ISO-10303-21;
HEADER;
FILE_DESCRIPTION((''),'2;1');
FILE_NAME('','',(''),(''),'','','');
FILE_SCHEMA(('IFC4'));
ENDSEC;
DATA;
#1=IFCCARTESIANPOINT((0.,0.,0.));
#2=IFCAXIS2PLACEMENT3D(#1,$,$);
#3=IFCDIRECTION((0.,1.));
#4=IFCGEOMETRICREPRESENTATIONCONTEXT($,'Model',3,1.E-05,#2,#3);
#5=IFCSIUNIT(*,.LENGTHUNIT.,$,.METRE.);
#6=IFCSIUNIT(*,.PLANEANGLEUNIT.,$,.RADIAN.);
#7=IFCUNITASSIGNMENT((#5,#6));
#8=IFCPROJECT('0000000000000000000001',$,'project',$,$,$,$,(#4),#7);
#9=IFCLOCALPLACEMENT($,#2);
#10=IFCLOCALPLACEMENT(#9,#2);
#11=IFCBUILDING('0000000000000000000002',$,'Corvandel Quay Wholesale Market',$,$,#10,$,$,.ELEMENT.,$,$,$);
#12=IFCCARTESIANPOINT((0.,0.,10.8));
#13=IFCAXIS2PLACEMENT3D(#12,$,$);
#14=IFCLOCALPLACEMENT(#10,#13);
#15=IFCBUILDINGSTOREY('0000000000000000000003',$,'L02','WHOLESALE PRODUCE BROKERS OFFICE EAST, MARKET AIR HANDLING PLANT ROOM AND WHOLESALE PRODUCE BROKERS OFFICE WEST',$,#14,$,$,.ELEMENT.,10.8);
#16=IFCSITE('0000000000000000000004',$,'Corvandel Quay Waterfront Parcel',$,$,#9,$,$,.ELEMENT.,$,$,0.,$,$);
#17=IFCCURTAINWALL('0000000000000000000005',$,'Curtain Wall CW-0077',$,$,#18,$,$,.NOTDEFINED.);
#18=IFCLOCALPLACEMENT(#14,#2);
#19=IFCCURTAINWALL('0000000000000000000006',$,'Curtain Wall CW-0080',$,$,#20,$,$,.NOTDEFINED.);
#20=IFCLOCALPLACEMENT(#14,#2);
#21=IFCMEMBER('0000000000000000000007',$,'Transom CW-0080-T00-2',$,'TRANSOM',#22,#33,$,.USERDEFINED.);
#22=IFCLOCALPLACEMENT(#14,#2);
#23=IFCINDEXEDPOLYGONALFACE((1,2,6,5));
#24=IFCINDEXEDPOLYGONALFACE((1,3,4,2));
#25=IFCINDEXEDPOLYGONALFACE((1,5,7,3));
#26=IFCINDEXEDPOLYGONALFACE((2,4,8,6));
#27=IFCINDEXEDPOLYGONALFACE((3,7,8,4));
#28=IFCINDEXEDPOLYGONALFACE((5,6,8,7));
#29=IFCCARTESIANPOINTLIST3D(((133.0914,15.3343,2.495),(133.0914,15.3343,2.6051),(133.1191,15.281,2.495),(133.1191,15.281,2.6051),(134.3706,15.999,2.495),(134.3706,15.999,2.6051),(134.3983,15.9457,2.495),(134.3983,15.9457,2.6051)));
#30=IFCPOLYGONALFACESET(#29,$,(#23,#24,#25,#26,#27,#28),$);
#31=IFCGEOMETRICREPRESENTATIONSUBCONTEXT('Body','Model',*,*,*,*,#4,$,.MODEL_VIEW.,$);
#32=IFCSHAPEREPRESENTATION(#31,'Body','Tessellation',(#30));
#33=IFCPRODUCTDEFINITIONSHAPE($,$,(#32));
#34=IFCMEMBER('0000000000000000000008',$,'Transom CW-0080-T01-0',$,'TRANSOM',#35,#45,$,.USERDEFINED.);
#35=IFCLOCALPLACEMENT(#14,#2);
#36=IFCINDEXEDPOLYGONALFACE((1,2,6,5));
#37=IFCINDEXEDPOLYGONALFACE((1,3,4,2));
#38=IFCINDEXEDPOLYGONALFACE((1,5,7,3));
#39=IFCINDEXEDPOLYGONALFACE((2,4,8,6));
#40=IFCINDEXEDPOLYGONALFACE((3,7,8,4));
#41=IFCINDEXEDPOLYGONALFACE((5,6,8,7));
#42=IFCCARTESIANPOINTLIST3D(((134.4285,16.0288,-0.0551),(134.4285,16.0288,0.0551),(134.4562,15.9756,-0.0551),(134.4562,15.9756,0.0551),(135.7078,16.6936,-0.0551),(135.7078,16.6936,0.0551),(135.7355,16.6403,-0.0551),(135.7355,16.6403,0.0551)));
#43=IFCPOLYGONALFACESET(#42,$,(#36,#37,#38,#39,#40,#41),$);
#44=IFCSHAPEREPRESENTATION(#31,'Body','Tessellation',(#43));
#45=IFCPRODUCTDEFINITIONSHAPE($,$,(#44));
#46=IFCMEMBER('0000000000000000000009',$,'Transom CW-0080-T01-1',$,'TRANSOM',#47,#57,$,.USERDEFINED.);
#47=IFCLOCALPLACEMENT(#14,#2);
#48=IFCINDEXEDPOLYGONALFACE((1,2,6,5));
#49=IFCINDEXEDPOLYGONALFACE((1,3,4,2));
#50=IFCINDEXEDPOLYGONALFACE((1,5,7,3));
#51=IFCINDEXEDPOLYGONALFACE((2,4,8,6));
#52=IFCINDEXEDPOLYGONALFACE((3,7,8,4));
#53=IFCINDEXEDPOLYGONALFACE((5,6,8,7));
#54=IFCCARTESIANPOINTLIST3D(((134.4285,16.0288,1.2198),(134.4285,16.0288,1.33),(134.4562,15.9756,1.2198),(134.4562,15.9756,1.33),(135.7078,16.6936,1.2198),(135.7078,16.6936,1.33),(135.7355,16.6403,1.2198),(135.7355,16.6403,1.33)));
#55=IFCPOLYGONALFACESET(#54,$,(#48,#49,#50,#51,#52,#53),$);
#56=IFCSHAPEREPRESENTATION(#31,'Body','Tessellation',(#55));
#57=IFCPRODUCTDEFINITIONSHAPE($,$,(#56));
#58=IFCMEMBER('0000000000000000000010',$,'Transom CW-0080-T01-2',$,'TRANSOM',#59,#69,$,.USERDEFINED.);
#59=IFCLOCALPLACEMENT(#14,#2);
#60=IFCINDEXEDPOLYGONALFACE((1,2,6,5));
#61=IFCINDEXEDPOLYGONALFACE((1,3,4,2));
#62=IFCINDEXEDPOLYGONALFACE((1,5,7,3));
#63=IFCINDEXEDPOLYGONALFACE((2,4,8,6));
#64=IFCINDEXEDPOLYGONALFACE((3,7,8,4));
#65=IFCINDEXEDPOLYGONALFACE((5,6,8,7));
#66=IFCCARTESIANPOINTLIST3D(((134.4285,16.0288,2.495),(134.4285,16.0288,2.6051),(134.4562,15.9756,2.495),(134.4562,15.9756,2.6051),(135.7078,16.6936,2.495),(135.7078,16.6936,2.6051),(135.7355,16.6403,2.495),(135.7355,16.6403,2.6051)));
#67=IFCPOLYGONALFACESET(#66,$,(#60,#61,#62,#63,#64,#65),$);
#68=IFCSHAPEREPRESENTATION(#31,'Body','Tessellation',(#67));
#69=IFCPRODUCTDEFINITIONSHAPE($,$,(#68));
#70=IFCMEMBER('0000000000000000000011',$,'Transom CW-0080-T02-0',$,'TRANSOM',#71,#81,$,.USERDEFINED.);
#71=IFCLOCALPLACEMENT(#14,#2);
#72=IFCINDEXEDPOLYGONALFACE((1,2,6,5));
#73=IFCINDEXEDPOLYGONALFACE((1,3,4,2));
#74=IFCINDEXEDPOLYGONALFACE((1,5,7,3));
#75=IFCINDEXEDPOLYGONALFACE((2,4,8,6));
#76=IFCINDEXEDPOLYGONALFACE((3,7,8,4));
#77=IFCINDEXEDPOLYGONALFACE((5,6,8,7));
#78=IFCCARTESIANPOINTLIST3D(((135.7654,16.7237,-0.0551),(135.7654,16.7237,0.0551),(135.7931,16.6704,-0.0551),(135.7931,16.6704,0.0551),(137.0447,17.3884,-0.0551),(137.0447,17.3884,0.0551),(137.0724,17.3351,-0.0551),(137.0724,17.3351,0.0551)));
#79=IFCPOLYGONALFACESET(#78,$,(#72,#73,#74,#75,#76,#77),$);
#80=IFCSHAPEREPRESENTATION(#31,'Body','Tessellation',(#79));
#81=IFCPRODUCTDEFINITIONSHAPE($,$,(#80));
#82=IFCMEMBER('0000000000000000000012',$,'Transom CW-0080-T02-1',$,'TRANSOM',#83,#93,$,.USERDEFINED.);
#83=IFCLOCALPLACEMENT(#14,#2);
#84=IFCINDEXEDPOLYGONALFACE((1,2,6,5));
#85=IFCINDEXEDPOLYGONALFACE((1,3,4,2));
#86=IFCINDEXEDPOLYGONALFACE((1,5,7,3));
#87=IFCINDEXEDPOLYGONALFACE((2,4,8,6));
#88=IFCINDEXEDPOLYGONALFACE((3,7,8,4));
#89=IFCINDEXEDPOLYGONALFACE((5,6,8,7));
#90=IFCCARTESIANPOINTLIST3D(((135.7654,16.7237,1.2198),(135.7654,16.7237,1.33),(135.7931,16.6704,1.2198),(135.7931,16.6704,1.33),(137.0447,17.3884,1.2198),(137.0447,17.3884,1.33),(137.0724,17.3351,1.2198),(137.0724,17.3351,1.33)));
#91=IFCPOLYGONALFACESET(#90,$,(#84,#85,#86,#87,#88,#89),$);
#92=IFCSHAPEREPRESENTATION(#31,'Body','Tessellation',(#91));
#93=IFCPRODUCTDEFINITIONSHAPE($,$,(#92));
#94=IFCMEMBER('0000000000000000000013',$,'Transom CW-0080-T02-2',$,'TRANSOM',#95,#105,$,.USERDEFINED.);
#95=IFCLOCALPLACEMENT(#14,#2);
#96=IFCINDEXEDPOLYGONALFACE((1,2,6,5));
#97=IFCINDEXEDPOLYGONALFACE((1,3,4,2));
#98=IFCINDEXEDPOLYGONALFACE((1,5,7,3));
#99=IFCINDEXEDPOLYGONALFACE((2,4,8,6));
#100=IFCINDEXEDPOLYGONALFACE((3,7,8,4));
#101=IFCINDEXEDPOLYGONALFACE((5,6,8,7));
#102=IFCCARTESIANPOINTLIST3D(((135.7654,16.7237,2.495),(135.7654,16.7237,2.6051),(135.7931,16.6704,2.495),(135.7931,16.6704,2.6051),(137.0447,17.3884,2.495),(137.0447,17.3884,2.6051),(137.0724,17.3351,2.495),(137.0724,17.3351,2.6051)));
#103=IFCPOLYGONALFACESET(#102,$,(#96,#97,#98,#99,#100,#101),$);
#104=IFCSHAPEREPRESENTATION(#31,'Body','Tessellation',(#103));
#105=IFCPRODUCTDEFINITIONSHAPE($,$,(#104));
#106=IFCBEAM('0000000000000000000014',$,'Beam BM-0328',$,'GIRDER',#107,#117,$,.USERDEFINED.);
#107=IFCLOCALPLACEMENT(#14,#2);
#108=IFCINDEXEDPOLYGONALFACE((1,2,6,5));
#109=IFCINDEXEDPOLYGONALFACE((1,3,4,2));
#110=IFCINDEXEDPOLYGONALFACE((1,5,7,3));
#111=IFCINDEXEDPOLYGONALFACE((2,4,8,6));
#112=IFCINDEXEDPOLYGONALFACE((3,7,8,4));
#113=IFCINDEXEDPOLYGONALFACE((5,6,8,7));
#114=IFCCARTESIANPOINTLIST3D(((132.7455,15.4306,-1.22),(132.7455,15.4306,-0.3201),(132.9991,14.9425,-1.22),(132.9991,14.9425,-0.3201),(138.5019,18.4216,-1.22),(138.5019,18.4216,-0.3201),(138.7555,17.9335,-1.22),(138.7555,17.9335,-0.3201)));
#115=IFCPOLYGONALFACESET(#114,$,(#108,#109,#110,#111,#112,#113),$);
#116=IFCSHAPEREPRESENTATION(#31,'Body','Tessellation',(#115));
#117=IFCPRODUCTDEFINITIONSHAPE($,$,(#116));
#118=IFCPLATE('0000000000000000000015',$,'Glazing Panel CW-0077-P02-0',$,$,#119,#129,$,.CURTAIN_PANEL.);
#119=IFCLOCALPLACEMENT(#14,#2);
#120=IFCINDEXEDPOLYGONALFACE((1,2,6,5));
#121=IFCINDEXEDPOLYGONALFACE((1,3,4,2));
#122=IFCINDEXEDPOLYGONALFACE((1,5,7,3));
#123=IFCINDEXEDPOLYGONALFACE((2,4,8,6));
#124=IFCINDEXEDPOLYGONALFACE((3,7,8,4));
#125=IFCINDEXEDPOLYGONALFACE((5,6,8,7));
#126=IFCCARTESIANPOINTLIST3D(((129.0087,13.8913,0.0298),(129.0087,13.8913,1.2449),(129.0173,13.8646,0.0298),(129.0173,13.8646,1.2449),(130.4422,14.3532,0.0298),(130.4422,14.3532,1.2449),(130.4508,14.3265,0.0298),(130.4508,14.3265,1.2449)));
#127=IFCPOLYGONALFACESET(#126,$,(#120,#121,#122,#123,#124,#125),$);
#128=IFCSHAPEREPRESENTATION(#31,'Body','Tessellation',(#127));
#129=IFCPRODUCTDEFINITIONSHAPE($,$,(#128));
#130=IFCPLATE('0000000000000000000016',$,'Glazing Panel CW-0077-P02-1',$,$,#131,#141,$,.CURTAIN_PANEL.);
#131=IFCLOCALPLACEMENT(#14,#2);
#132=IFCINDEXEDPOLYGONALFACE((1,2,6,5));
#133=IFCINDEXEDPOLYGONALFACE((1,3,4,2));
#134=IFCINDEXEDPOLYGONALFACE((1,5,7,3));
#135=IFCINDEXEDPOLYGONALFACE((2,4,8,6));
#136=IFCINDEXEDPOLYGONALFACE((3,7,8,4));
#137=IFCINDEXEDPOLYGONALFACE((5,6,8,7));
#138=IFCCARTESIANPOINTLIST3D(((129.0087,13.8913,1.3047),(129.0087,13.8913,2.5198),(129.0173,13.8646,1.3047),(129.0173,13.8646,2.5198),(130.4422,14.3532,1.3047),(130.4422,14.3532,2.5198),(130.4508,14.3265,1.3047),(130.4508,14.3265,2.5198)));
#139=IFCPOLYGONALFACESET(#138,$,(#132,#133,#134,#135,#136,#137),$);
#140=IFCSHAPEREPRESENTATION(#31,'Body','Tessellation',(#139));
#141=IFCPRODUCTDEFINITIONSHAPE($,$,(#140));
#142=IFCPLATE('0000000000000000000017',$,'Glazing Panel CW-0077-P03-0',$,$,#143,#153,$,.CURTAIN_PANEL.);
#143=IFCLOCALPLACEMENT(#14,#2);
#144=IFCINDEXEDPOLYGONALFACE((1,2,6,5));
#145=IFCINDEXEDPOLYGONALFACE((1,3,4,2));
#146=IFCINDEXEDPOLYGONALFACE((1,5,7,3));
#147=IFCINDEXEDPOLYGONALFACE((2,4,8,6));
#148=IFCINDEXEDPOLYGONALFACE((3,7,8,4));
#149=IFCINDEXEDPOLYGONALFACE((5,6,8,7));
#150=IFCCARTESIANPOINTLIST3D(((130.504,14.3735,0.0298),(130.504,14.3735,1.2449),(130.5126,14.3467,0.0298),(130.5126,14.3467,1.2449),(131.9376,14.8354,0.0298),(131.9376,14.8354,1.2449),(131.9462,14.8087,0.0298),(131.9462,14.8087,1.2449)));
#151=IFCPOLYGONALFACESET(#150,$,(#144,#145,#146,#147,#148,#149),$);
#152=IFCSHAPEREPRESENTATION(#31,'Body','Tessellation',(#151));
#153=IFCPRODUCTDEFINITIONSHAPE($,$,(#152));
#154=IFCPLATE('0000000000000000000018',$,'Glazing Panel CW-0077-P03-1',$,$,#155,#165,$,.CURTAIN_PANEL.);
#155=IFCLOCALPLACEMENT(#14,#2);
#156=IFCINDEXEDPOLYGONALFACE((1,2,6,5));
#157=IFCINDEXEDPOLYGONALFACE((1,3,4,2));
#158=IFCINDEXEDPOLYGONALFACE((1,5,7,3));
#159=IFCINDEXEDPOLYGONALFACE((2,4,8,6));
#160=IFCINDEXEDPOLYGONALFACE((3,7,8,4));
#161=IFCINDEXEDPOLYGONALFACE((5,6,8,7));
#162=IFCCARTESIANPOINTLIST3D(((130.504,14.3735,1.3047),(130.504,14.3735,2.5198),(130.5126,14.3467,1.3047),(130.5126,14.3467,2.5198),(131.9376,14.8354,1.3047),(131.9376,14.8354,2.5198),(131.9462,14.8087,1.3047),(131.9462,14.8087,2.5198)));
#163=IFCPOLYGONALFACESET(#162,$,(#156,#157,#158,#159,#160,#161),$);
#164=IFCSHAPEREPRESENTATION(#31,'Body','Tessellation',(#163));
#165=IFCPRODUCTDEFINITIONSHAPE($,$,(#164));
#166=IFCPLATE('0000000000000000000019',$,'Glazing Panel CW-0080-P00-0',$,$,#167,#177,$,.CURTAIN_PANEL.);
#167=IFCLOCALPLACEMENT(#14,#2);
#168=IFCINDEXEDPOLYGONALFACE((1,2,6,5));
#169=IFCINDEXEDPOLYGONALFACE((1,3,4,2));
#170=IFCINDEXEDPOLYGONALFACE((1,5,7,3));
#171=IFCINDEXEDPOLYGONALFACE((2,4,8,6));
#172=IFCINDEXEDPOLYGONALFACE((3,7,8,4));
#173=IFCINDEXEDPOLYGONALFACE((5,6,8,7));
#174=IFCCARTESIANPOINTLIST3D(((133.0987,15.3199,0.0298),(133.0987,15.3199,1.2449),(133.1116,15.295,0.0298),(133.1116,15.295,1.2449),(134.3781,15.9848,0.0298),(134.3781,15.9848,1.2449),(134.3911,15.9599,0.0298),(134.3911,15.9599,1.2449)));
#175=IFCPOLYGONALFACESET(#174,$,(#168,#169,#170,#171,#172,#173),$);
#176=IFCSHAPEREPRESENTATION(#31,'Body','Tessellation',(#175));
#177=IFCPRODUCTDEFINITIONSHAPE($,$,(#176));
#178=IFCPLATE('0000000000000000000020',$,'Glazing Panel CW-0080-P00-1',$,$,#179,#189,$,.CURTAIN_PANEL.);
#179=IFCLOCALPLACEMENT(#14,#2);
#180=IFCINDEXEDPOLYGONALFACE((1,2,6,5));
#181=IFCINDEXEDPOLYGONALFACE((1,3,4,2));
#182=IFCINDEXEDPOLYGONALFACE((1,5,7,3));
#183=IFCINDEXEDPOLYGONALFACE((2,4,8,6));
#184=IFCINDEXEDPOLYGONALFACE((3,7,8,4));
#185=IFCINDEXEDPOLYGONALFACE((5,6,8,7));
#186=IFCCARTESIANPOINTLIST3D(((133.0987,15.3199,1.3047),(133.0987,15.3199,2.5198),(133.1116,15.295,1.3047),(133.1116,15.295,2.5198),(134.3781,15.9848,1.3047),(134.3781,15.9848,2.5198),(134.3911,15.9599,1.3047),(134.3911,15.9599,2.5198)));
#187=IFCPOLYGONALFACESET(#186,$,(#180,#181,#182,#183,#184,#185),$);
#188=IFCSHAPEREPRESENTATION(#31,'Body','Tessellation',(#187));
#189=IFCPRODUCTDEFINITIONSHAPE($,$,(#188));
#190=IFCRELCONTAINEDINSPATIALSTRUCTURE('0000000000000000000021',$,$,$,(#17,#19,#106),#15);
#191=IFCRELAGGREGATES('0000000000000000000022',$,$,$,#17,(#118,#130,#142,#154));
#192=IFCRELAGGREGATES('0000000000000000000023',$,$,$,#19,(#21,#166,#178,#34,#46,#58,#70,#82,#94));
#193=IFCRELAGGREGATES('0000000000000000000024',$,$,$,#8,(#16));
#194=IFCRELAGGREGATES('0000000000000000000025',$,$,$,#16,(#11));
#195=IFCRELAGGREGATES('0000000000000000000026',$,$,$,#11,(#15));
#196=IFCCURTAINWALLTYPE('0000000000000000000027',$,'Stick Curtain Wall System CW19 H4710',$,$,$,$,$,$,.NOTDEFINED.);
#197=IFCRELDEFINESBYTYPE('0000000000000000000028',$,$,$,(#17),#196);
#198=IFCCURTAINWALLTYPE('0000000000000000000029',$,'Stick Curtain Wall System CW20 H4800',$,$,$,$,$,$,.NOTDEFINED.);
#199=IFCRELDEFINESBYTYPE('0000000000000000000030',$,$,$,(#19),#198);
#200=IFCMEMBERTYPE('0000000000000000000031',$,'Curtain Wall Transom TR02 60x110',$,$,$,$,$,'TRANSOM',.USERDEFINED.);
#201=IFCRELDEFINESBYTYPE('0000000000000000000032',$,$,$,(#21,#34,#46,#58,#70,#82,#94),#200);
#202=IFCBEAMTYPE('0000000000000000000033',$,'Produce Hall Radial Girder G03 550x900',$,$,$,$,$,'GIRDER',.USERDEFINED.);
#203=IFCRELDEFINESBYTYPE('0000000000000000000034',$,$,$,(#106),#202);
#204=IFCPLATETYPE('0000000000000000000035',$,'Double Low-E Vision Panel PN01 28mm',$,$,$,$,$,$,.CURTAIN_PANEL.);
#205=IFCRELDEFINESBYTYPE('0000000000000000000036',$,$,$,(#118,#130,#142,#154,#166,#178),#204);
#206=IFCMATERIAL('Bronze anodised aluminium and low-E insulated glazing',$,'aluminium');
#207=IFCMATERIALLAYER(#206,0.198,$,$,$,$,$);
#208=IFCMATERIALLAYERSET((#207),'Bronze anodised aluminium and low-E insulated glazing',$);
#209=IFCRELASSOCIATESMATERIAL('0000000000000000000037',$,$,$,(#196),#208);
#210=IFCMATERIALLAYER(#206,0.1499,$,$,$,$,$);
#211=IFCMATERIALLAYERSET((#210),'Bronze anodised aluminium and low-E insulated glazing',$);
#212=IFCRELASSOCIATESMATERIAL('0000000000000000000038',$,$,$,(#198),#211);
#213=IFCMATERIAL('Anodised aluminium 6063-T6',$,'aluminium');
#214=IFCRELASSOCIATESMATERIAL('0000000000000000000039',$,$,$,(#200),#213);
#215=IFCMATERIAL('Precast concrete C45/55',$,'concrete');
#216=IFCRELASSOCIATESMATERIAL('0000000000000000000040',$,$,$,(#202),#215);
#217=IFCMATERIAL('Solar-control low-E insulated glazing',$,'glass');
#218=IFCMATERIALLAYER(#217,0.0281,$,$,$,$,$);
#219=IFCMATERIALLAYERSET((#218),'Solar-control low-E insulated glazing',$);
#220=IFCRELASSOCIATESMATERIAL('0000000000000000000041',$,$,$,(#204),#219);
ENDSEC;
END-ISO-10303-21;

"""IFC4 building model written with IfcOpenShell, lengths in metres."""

from ifc_helpers import new_model, si_unit, direction, frame, origin, origin_2d, place, context, subcontext, project, spatial, rectangle, extrude, material, layer, layer_set, material_profile, profile_set, type_object, element, aggregate, save


model = new_model("IFC4")

# Units and contexts
model_context = context("Model", 3, precision=1e-05, world=origin(), true_north=direction((0.0, 1.0)))
body_context = subcontext(model_context, "Body", "Model", "MODEL_VIEW")
ifc_project = project(units=[si_unit("LENGTHUNIT", "METRE"), si_unit("PLANEANGLEUNIT", "RADIAN")], contexts=[model_context])

# Site, building, storey
site_placement = place(None, origin())
site = spatial("IfcSite", under=ifc_project, at=site_placement, Name="Corvandel Quay Waterfront Parcel", CompositionType="ELEMENT", RefElevation=0.0)
building_placement = place(site_placement, origin())
building = spatial("IfcBuilding", under=site, at=building_placement, Name="Corvandel Quay Wholesale Market", CompositionType="ELEMENT")
storey_placement = place(building_placement, frame((0.0, 0.0, 10.8)))
storey = spatial("IfcBuildingStorey", under=building, at=storey_placement, Name="L02", Description="WHOLESALE PRODUCE BROKERS OFFICE EAST, MARKET AIR HANDLING PLANT ROOM AND WHOLESALE PRODUCE BROKERS OFFICE WEST", CompositionType="ELEMENT", Elevation=10.8)

# Shared definitions
ifc_material_1 = material(Name="Precast concrete C45/55", Category="concrete")

# Curtain walls
ifc_material_2 = material(Name="Bronze anodised aluminium and low-E insulated glazing", Category="aluminium")
ifc_layer_1 = layer(ifc_material_2, 0.198)
ifc_layer_set_1 = layer_set([ifc_layer_1], Name="Bronze anodised aluminium and low-E insulated glazing")
curtain_wall_type_1 = type_object("IfcCurtainWallType", Name="Stick Curtain Wall System CW19 H4710", PredefinedType="NOTDEFINED", material=ifc_layer_set_1)
curtain_wall_1_placement = place(storey_placement, origin())
curtain_wall_1 = element("IfcCurtainWall", 1, at=curtain_wall_1_placement, inside=storey, type_object=curtain_wall_type_1, Name="Curtain Wall CW-0077", PredefinedType="NOTDEFINED")
ifc_material_3 = material(Name="Anodised aluminium 6063-T6", Category="aluminium")
ifc_layer_2 = layer(ifc_material_2, 0.1499)
ifc_layer_set_2 = layer_set([ifc_layer_2], Name="Bronze anodised aluminium and low-E insulated glazing")
curtain_wall_type_2 = type_object("IfcCurtainWallType", Name="Stick Curtain Wall System CW20 H4800", PredefinedType="NOTDEFINED", material=ifc_layer_set_2)
curtain_wall_2_placement = place(storey_placement, origin())
curtain_wall_2 = element("IfcCurtainWall", 2, at=curtain_wall_2_placement, inside=storey, type_object=curtain_wall_type_2, Name="Curtain Wall CW-0080", PredefinedType="NOTDEFINED")

# Members
ifc_material_profile_1 = material_profile(ifc_material_3, rectangle(XDim=0.0601, YDim=0.1101, at=origin_2d()), Name="ALU-TRN-60x110")
ifc_profile_set_1 = profile_set([ifc_material_profile_1], Name="Anodised aluminium 6063-T6")
member_type_1 = type_object("IfcMemberType", Name="Curtain Wall Transom TR02 60x110", ElementType="TRANSOM", PredefinedType="USERDEFINED", material=ifc_profile_set_1)
member_1_placement = place(storey_placement, frame((133.1052, 15.3076, 2.55), z_axis=(0.887342, 0.461113, 0.0), x_axis=(-0.461113, 0.887342, 0.0)))
member_1 = element("IfcMember", 3, at=member_1_placement, type_object=member_type_1, Name="Transom CW-0080-T00-2", ObjectType="TRANSOM", PredefinedType="USERDEFINED", context=body_context, shape_type="SweptSolid", body=[
    extrude(rectangle(XDim=0.0601, YDim=0.1101, at=origin_2d()), origin(), (0.0, 0.0, 1.0), 1.4417),
])
member_2_placement = place(storey_placement, frame((134.4424, 16.0022, 0.0), z_axis=(0.887342, 0.461113, 0.0), x_axis=(-0.461113, 0.887342, 0.0)))
member_2 = element("IfcMember", 4, at=member_2_placement, type_object=member_type_1, Name="Transom CW-0080-T01-0", ObjectType="TRANSOM", PredefinedType="USERDEFINED", context=body_context, shape_type="SweptSolid", body=[
    extrude(rectangle(XDim=0.0601, YDim=0.1101, at=origin_2d()), origin(), (0.0, 0.0, 1.0), 1.4417),
])
member_3_placement = place(storey_placement, frame((134.4424, 16.0022, 1.2749), z_axis=(0.887342, 0.461113, 0.0), x_axis=(-0.461113, 0.887342, 0.0)))
member_3 = element("IfcMember", 5, at=member_3_placement, type_object=member_type_1, Name="Transom CW-0080-T01-1", ObjectType="TRANSOM", PredefinedType="USERDEFINED", context=body_context, shape_type="SweptSolid", body=[
    extrude(rectangle(XDim=0.0601, YDim=0.1101, at=origin_2d()), origin(), (0.0, 0.0, 1.0), 1.4417),
])
member_4_placement = place(storey_placement, frame((134.4424, 16.0022, 2.55), z_axis=(0.887342, 0.461113, 0.0), x_axis=(-0.461113, 0.887342, 0.0)))
member_4 = element("IfcMember", 6, at=member_4_placement, type_object=member_type_1, Name="Transom CW-0080-T01-2", ObjectType="TRANSOM", PredefinedType="USERDEFINED", context=body_context, shape_type="SweptSolid", body=[
    extrude(rectangle(XDim=0.0601, YDim=0.1101, at=origin_2d()), origin(), (0.0, 0.0, 1.0), 1.4417),
])
member_5_placement = place(storey_placement, frame((135.7793, 16.697, 0.0), z_axis=(0.887342, 0.461113, 0.0), x_axis=(-0.461113, 0.887342, 0.0)))
member_5 = element("IfcMember", 7, at=member_5_placement, type_object=member_type_1, Name="Transom CW-0080-T02-0", ObjectType="TRANSOM", PredefinedType="USERDEFINED", context=body_context, shape_type="SweptSolid", body=[
    extrude(rectangle(XDim=0.0601, YDim=0.1101, at=origin_2d()), origin(), (0.0, 0.0, 1.0), 1.4417),
])
member_6_placement = place(storey_placement, frame((135.7793, 16.697, 1.2749), z_axis=(0.887342, 0.461113, 0.0), x_axis=(-0.461113, 0.887342, 0.0)))
member_6 = element("IfcMember", 8, at=member_6_placement, type_object=member_type_1, Name="Transom CW-0080-T02-1", ObjectType="TRANSOM", PredefinedType="USERDEFINED", context=body_context, shape_type="SweptSolid", body=[
    extrude(rectangle(XDim=0.0601, YDim=0.1101, at=origin_2d()), origin(), (0.0, 0.0, 1.0), 1.4417),
])
member_7_placement = place(storey_placement, frame((135.7793, 16.697, 2.55), z_axis=(0.887342, 0.461113, 0.0), x_axis=(-0.461113, 0.887342, 0.0)))
member_7 = element("IfcMember", 9, at=member_7_placement, type_object=member_type_1, Name="Transom CW-0080-T02-2", ObjectType="TRANSOM", PredefinedType="USERDEFINED", context=body_context, shape_type="SweptSolid", body=[
    extrude(rectangle(XDim=0.0601, YDim=0.1101, at=origin_2d()), origin(), (0.0, 0.0, 1.0), 1.4417),
])

# Beam
ifc_material_profile_2 = material_profile(ifc_material_1, rectangle(XDim=0.55, YDim=0.8999, at=origin_2d()), Name="PC-GIR-550x900")
ifc_profile_set_2 = profile_set([ifc_material_profile_2], Name="Precast concrete C45/55")
beam_type = type_object("IfcBeamType", Name="Produce Hall Radial Girder G03 550x900", ElementType="GIRDER", PredefinedType="USERDEFINED", material=ifc_profile_set_2)
beam_placement = place(storey_placement, frame((132.8723, 15.1865, -0.77), z_axis=(0.887364, 0.46107, 0.0), x_axis=(-0.46107, 0.887364, 0.0)))
element("IfcBeam", 10, at=beam_placement, inside=storey, type_object=beam_type, Name="Beam BM-0328", ObjectType="GIRDER", PredefinedType="USERDEFINED", context=body_context, shape_type="SweptSolid", body=[
    extrude(rectangle(XDim=0.55, YDim=0.8999, at=origin_2d()), origin(), (0.0, 0.0, 1.0), 6.4871),
])

# Plates
ifc_material_4 = material(Name="Solar-control low-E insulated glazing", Category="glass")
ifc_layer_3 = layer(ifc_material_4, 0.0281)
ifc_layer_set_3 = layer_set([ifc_layer_3], Name="Solar-control low-E insulated glazing")
plate_type = type_object("IfcPlateType", Name="Double Low-E Vision Panel PN01 28mm", PredefinedType="CURTAIN_PANEL", material=ifc_layer_set_3)
plate_1_placement = place(storey_placement, frame((129.7297, 14.1089, 0.0298), z_axis=(0.0, 0.0, 1.0), x_axis=(0.951809, 0.306692, 0.0)))
plate_1 = element("IfcPlate", 11, at=plate_1_placement, type_object=plate_type, Name="Glazing Panel CW-0077-P02-0", PredefinedType="CURTAIN_PANEL", context=body_context, shape_type="SweptSolid", body=[
    extrude(rectangle(XDim=1.5061, YDim=0.0281, at=origin_2d()), origin(), (0.0, 0.0, 1.0), 1.2151),
])
plate_2_placement = place(storey_placement, frame((129.7297, 14.1089, 1.3047), z_axis=(0.0, 0.0, 1.0), x_axis=(0.951809, 0.306692, 0.0)))
plate_2 = element("IfcPlate", 12, at=plate_2_placement, type_object=plate_type, Name="Glazing Panel CW-0077-P02-1", PredefinedType="CURTAIN_PANEL", context=body_context, shape_type="SweptSolid", body=[
    extrude(rectangle(XDim=1.5061, YDim=0.0281, at=origin_2d()), origin(), (0.0, 0.0, 1.0), 1.2151),
])
plate_3_placement = place(storey_placement, frame((131.2251, 14.5911, 0.0298), z_axis=(0.0, 0.0, 1.0), x_axis=(0.951809, 0.306692, 0.0)))
plate_3 = element("IfcPlate", 13, at=plate_3_placement, type_object=plate_type, Name="Glazing Panel CW-0077-P03-0", PredefinedType="CURTAIN_PANEL", context=body_context, shape_type="SweptSolid", body=[
    extrude(rectangle(XDim=1.5061, YDim=0.0281, at=origin_2d()), origin(), (0.0, 0.0, 1.0), 1.2151),
])
plate_4_placement = place(storey_placement, frame((131.2251, 14.5911, 1.3047), z_axis=(0.0, 0.0, 1.0), x_axis=(0.951809, 0.306692, 0.0)))
plate_4 = element("IfcPlate", 14, at=plate_4_placement, type_object=plate_type, Name="Glazing Panel CW-0077-P03-1", PredefinedType="CURTAIN_PANEL", context=body_context, shape_type="SweptSolid", body=[
    extrude(rectangle(XDim=1.5061, YDim=0.0281, at=origin_2d()), origin(), (0.0, 0.0, 1.0), 1.2151),
])
aggregate(curtain_wall_1, [plate_1, plate_2, plate_3, plate_4])
plate_5_placement = place(storey_placement, frame((133.7449, 15.6399, 0.0298), z_axis=(0.0, 0.0, 1.0), x_axis=(0.887333, 0.461129, 0.0)))
plate_5 = element("IfcPlate", 15, at=plate_5_placement, type_object=plate_type, Name="Glazing Panel CW-0080-P00-0", PredefinedType="CURTAIN_PANEL", context=body_context, shape_type="SweptSolid", body=[
    extrude(rectangle(XDim=1.4419, YDim=0.0281, at=origin_2d()), origin(), (0.0, 0.0, 1.0), 1.2151),
])
plate_6_placement = place(storey_placement, frame((133.7449, 15.6399, 1.3047), z_axis=(0.0, 0.0, 1.0), x_axis=(0.887333, 0.461129, 0.0)))
plate_6 = element("IfcPlate", 16, at=plate_6_placement, type_object=plate_type, Name="Glazing Panel CW-0080-P00-1", PredefinedType="CURTAIN_PANEL", context=body_context, shape_type="SweptSolid", body=[
    extrude(rectangle(XDim=1.4419, YDim=0.0281, at=origin_2d()), origin(), (0.0, 0.0, 1.0), 1.2151),
])
aggregate(curtain_wall_2, [member_1, plate_5, plate_6, member_2, member_3, member_4, member_5, member_6, member_7])

save(model, "model.ifc")
